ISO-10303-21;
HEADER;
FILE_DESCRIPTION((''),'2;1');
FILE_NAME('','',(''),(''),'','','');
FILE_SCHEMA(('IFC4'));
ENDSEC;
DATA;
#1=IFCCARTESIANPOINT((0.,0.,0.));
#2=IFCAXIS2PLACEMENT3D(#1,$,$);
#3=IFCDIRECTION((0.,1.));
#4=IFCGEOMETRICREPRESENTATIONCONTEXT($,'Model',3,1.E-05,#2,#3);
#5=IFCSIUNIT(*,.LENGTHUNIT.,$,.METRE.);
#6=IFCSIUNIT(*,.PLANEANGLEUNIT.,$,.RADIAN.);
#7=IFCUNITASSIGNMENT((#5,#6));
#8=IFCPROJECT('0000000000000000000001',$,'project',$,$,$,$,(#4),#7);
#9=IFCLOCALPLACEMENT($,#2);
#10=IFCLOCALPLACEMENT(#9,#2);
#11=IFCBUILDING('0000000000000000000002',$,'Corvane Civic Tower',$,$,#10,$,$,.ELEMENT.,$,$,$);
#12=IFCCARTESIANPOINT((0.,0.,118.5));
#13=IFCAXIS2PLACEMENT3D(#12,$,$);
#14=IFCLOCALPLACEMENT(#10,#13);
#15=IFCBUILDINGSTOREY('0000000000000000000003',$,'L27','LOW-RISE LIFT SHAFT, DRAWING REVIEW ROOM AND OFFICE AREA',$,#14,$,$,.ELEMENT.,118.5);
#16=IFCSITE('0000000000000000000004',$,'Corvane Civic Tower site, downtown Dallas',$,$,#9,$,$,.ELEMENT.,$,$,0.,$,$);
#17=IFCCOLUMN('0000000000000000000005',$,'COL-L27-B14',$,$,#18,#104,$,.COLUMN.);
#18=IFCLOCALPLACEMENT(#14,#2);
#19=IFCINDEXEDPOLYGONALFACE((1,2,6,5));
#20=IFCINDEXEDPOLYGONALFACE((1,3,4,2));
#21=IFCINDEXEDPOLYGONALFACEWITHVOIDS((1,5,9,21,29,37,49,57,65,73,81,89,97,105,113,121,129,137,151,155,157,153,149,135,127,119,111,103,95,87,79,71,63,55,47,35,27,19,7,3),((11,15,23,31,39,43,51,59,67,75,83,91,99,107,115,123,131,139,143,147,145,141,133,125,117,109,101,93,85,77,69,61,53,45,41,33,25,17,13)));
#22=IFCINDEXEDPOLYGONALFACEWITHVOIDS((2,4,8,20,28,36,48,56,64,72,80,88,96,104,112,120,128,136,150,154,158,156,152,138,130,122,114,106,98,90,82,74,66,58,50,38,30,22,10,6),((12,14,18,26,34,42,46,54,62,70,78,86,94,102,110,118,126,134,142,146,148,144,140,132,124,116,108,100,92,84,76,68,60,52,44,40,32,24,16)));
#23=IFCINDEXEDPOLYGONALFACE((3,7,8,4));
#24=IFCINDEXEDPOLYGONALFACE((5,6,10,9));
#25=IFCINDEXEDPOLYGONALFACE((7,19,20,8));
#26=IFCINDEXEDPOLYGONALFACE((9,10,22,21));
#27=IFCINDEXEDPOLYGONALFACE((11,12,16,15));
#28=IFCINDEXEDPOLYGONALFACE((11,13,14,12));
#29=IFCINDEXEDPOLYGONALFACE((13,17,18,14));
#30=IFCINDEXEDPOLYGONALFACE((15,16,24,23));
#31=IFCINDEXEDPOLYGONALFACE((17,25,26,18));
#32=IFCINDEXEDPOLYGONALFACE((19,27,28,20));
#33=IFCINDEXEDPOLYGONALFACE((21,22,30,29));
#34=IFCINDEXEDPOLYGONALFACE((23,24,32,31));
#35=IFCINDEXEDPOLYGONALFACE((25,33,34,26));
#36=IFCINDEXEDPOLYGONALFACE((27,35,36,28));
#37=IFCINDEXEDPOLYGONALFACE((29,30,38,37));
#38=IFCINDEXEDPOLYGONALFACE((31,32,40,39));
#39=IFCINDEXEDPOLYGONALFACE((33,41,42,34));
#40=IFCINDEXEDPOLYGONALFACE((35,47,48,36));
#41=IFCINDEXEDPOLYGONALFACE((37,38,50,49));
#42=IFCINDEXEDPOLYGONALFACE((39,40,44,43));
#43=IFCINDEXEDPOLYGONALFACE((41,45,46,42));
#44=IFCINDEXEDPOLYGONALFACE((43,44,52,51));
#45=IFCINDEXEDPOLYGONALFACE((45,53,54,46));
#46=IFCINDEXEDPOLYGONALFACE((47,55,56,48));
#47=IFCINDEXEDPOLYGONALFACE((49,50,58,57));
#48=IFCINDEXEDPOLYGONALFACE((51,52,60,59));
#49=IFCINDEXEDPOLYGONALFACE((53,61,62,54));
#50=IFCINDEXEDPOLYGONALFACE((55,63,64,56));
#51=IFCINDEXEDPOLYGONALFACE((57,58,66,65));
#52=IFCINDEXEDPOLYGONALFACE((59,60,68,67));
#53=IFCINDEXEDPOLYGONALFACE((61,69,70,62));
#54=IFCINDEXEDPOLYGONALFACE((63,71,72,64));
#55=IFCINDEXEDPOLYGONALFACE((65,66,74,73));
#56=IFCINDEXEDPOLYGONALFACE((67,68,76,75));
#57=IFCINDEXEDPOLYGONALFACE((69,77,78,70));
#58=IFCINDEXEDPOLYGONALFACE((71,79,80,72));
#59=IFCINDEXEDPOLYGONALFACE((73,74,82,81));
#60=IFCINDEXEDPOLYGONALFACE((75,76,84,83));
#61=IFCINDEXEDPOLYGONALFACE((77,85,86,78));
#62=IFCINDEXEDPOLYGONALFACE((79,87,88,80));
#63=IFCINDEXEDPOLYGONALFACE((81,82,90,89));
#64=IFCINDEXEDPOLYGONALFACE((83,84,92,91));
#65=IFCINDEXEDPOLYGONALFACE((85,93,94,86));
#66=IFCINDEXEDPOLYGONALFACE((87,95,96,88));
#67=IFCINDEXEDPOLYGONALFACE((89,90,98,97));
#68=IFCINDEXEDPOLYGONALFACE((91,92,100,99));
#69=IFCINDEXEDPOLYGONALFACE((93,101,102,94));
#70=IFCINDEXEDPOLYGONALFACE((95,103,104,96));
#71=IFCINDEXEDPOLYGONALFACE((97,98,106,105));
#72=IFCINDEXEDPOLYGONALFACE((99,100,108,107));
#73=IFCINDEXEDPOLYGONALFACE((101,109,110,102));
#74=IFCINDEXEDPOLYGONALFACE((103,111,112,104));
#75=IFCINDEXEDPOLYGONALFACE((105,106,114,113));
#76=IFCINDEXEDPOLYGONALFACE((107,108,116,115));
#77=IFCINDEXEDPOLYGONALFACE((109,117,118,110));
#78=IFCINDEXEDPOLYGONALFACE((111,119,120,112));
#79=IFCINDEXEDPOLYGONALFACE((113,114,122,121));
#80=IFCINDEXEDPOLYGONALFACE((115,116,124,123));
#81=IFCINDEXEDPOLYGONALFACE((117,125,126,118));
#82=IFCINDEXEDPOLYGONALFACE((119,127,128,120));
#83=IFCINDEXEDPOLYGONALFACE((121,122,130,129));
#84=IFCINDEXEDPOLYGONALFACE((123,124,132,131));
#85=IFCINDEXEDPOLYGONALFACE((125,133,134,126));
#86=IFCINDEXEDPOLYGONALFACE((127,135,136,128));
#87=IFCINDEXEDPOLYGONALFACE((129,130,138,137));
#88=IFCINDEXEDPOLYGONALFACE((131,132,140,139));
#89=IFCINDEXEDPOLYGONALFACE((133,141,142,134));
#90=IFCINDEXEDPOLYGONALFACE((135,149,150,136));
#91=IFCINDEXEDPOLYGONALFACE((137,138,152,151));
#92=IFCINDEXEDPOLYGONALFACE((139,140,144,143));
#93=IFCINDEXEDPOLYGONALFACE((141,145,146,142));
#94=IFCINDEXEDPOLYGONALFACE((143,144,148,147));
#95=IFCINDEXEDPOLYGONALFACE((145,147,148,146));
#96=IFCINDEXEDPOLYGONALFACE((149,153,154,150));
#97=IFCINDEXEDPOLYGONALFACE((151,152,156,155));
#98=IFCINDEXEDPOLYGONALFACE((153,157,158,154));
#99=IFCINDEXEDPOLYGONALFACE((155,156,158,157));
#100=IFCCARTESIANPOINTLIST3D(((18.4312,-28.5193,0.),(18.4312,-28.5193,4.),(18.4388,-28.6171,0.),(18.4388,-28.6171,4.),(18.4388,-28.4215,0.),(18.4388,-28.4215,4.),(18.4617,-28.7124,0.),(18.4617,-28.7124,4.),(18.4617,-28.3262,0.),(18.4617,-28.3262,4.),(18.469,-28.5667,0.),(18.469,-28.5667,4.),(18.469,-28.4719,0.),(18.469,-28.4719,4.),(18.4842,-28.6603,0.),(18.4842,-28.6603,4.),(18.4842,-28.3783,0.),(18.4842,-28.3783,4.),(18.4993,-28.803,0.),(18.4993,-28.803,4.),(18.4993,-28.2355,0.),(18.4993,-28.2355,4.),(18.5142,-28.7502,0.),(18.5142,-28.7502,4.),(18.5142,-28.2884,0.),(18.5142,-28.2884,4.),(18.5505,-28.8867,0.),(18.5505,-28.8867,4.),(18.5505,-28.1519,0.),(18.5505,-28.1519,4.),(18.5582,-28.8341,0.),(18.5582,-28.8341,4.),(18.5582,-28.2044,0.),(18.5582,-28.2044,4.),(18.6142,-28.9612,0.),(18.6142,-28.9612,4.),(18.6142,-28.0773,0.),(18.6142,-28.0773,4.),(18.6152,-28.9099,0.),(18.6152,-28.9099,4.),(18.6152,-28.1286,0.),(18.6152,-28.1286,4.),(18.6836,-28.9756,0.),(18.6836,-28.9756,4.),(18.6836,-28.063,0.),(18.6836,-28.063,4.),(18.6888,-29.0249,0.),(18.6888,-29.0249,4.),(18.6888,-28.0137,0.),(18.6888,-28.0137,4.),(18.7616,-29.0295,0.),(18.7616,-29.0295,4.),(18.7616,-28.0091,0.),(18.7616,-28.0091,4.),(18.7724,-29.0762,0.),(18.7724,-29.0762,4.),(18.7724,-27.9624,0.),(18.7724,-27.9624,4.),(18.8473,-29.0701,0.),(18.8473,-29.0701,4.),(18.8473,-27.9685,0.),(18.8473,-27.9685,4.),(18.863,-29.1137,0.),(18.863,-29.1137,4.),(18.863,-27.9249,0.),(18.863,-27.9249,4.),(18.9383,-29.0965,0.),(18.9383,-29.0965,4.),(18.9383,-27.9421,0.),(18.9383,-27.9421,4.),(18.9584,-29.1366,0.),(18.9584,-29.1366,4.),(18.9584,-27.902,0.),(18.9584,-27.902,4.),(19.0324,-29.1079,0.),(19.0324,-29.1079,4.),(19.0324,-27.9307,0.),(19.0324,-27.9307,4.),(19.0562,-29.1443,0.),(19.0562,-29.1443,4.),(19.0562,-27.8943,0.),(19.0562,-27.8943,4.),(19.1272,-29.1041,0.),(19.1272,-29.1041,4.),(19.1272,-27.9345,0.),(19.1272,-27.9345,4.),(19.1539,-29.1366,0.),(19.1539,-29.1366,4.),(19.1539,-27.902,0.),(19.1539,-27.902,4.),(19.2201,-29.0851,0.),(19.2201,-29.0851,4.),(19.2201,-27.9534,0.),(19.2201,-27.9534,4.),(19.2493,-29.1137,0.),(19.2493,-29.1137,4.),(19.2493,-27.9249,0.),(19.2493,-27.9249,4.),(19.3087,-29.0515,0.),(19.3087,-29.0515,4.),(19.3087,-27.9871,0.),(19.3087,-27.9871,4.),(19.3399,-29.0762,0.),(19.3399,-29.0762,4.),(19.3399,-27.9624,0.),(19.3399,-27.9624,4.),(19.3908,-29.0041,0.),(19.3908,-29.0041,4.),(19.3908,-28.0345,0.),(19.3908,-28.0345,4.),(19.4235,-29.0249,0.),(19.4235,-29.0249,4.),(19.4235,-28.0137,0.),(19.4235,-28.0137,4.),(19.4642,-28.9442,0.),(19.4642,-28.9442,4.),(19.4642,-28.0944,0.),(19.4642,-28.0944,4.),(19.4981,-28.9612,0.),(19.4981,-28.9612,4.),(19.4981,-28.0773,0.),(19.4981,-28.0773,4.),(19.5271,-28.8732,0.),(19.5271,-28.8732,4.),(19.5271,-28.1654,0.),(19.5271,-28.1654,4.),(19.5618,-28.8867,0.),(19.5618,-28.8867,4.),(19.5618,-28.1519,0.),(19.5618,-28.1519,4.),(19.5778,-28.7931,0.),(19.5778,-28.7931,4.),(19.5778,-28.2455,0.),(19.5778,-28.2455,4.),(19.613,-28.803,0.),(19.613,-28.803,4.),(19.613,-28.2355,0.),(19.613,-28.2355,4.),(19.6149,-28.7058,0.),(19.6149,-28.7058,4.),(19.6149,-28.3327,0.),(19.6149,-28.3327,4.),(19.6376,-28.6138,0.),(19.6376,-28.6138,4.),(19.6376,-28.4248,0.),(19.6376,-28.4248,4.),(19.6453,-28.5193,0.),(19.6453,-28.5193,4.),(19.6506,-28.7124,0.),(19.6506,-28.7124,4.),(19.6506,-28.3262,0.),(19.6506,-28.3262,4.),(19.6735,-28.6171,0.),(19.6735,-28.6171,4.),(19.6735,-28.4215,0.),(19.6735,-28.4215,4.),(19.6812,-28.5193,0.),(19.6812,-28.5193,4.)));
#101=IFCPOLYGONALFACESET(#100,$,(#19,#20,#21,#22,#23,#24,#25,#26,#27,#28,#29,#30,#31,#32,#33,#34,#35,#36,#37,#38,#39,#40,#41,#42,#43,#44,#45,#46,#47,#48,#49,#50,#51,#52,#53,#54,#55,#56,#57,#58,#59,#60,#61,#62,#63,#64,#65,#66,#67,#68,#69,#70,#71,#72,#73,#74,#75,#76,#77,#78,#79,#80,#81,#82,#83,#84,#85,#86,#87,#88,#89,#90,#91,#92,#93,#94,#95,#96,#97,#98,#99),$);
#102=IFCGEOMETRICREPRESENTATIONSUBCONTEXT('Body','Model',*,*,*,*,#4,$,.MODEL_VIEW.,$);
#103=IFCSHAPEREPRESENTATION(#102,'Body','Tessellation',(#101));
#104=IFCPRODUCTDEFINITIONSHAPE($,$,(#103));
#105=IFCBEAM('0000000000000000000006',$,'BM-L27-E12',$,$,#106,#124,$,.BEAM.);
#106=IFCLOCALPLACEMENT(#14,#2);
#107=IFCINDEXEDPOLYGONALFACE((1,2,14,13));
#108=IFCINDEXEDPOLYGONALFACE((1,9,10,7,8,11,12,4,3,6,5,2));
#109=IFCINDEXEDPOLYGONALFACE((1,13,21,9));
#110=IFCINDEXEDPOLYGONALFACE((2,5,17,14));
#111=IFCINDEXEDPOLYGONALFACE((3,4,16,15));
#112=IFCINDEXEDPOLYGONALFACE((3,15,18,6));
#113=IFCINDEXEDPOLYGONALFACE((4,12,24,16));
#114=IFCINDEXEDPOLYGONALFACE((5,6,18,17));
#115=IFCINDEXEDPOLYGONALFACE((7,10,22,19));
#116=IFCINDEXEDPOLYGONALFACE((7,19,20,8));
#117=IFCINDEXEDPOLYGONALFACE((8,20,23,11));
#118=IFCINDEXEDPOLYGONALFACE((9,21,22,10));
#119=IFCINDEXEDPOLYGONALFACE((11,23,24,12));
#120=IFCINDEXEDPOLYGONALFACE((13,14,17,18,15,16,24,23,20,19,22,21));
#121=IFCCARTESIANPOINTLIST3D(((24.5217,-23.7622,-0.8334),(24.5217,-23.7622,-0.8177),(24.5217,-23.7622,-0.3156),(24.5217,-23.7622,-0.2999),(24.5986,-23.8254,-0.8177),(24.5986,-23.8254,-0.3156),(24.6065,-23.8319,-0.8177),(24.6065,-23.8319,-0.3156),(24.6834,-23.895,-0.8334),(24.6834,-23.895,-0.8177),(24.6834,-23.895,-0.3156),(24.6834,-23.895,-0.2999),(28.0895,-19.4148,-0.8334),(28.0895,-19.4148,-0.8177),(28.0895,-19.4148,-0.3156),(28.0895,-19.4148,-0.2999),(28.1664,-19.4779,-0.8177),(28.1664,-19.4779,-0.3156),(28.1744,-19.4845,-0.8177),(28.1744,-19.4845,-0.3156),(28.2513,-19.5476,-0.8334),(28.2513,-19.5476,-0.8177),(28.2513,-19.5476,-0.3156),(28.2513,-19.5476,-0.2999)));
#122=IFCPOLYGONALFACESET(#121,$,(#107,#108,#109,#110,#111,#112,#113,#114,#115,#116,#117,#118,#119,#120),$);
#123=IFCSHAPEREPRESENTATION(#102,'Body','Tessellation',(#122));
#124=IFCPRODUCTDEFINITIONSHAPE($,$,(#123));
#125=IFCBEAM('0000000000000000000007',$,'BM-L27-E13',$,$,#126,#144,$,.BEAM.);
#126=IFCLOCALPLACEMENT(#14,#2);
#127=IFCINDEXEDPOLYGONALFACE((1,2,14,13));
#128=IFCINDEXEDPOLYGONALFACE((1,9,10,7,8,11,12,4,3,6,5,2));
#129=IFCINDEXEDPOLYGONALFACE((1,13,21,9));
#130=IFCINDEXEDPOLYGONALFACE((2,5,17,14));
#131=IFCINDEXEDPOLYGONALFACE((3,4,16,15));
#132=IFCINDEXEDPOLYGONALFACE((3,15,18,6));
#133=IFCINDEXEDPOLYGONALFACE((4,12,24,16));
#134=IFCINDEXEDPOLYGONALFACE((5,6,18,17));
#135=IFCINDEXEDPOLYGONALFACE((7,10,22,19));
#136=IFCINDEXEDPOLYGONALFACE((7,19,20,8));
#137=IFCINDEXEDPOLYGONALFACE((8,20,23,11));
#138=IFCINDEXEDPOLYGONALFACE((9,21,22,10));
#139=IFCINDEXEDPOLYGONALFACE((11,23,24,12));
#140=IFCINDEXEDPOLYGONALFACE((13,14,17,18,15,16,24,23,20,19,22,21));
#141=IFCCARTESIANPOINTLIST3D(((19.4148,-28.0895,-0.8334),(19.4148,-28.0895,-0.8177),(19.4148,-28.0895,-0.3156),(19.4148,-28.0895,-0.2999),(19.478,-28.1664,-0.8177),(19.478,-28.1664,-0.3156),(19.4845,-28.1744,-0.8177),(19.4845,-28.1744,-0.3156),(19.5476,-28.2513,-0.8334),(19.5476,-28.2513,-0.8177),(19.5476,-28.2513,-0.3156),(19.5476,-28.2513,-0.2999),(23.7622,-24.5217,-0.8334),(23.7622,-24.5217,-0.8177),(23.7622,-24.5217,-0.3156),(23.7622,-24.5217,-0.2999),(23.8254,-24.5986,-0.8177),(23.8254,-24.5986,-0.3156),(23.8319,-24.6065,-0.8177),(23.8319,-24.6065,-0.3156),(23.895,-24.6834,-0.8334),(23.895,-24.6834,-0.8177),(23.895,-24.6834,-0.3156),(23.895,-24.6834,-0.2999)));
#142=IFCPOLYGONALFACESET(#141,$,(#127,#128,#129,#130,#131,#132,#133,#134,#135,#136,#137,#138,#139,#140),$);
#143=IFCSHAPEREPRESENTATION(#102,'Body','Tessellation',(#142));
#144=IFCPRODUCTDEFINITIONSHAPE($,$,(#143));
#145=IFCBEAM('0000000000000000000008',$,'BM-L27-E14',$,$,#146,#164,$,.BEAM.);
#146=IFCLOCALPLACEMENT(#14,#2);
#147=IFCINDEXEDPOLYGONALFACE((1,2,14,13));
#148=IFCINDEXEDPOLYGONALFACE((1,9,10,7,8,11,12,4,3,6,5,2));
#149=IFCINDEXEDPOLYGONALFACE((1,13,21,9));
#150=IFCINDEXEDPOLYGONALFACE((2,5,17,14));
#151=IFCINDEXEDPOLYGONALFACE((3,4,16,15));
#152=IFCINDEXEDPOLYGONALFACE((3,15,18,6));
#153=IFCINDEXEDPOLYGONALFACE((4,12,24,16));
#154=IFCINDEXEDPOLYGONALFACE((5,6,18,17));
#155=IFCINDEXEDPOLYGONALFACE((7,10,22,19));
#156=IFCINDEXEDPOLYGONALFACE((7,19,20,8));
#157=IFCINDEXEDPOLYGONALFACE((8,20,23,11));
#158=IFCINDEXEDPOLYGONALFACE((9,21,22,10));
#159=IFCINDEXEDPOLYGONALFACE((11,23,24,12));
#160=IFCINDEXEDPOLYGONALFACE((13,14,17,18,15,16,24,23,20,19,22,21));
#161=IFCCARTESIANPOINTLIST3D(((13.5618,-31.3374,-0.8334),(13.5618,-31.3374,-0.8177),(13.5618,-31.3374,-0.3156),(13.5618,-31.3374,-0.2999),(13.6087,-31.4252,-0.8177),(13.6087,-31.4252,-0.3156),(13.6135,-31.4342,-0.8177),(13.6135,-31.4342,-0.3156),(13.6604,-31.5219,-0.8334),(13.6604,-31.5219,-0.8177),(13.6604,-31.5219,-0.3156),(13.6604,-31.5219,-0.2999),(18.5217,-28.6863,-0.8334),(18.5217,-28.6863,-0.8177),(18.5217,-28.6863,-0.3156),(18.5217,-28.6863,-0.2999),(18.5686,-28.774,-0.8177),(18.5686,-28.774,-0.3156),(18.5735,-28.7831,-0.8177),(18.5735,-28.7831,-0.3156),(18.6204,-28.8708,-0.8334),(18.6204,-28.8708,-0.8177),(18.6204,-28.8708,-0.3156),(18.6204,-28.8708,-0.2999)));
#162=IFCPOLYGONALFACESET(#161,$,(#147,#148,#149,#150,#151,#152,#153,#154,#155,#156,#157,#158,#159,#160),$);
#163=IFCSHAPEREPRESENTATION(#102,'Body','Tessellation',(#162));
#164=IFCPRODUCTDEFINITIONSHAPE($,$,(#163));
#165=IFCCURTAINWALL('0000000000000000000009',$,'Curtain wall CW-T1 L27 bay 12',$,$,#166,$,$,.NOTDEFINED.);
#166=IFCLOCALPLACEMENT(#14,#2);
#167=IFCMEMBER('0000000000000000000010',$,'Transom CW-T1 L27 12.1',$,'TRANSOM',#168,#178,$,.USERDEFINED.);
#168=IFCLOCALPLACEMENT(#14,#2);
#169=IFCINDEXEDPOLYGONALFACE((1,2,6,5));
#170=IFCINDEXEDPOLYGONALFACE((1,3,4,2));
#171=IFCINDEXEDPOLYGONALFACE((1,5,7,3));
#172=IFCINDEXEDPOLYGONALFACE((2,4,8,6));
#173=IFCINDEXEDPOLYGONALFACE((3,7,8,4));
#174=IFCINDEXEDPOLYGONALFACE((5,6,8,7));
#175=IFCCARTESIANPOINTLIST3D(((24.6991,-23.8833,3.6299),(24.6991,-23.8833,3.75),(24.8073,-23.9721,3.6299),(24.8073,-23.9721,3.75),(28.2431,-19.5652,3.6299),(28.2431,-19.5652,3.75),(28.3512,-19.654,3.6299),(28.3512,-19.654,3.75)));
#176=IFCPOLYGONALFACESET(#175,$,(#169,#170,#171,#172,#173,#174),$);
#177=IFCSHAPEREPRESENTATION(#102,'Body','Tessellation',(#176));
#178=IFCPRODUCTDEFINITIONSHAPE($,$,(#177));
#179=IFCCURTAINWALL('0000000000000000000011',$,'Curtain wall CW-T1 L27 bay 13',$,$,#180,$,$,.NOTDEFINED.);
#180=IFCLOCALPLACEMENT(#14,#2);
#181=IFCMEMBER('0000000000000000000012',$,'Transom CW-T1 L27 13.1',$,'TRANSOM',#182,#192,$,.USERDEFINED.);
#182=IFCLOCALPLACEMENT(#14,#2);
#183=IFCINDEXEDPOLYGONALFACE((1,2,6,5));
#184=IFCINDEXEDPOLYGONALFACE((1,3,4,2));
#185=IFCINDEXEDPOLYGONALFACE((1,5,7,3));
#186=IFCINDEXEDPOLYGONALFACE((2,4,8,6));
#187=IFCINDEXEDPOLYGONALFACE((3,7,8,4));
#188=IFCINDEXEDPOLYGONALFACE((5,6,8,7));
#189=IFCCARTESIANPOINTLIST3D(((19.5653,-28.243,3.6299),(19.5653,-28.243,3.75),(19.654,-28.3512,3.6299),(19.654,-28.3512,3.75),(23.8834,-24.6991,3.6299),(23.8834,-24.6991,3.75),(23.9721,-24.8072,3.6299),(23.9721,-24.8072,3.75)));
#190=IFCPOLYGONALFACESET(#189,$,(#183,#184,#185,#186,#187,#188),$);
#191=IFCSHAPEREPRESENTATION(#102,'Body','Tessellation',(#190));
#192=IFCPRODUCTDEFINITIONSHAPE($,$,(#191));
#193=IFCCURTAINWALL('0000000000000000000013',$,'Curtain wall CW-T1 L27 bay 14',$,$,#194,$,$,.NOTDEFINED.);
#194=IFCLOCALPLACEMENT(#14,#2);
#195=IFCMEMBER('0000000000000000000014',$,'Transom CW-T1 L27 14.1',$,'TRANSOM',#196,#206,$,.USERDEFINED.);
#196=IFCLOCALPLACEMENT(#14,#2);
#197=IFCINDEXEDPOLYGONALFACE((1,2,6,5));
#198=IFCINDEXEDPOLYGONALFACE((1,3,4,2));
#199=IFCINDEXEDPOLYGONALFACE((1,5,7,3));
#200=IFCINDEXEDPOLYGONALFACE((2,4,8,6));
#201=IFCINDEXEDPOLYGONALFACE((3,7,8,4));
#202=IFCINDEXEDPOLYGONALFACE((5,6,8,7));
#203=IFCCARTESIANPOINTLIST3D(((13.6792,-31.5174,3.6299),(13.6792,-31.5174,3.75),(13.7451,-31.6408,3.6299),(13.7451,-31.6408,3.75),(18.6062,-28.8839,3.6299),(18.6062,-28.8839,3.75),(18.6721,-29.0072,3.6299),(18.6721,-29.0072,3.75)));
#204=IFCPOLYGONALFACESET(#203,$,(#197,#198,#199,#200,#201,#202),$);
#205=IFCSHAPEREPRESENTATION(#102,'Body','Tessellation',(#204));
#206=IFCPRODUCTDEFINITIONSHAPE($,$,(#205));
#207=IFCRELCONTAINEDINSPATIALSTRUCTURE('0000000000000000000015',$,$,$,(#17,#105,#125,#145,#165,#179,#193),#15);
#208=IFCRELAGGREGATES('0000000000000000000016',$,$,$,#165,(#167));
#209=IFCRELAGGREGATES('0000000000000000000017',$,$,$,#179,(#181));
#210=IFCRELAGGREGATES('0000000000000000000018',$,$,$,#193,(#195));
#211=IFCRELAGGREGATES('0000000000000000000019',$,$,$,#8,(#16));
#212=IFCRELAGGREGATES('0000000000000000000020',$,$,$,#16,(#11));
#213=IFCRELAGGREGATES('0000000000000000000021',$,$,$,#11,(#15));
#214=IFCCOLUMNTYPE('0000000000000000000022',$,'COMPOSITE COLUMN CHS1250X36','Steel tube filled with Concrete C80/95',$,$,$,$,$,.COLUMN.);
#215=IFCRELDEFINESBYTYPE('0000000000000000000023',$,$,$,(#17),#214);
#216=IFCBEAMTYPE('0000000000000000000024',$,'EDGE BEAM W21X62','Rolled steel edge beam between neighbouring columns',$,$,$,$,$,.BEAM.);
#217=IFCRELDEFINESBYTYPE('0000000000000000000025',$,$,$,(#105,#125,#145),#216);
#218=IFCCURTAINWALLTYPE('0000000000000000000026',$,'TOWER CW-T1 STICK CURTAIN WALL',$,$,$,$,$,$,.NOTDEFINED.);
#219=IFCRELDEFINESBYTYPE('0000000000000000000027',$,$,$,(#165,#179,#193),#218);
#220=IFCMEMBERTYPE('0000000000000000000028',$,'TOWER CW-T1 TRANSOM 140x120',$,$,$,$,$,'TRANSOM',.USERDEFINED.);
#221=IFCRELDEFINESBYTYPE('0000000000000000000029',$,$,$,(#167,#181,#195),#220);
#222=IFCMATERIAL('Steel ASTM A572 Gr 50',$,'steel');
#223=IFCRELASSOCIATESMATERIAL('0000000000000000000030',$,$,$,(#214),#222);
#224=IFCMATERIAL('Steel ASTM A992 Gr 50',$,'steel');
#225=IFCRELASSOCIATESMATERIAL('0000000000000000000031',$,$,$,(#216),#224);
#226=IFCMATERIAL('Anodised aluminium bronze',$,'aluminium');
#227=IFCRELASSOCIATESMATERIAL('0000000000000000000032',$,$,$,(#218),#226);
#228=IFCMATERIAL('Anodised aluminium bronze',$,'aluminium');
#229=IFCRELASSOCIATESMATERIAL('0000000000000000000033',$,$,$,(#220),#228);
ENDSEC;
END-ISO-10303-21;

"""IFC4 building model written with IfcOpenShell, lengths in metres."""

from ifc_helpers import new_model, si_unit, direction, frame, origin, origin_2d, place, context, subcontext, project, spatial, rectangle, hollow_circle, i_section, extrude, material, material_profile, profile_set, type_object, element, aggregate, save


model = new_model("IFC4")

# Units and contexts
model_context = context("Model", 3, precision=1e-05, world=origin(), true_north=direction((0.0, 1.0)))
body_context = subcontext(model_context, "Body", "Model", "MODEL_VIEW")
ifc_project = project(units=[si_unit("LENGTHUNIT", "METRE"), si_unit("PLANEANGLEUNIT", "RADIAN")], contexts=[model_context])

# Site, building, storey
site_placement = place(None, origin())
site = spatial("IfcSite", under=ifc_project, at=site_placement, Name="Corvane Civic Tower site, downtown Dallas", CompositionType="ELEMENT", RefElevation=0.0)
building_placement = place(site_placement, origin())
building = spatial("IfcBuilding", under=site, at=building_placement, Name="Corvane Civic Tower", CompositionType="ELEMENT")
storey_placement = place(building_placement, frame((0.0, 0.0, 118.5)))
storey = spatial("IfcBuildingStorey", under=building, at=storey_placement, Name="L27", Description="LOW-RISE LIFT SHAFT, DRAWING REVIEW ROOM AND OFFICE AREA", CompositionType="ELEMENT", Elevation=118.5)

# Column
ifc_material_1 = material(Name="Steel ASTM A572 Gr 50", Category="steel")
ifc_material_profile_1 = material_profile(ifc_material_1, hollow_circle(Radius=0.625, WallThickness=0.0359, at=origin_2d()), Name="CHS1250X36")
ifc_profile_set_1 = profile_set([ifc_material_profile_1], Name="Steel ASTM A572 Gr 50")
column_type = type_object("IfcColumnType", Name="COMPOSITE COLUMN CHS1250X36", Description="Steel tube filled with Concrete C80/95", PredefinedType="COLUMN", material=ifc_profile_set_1)
for number, where, z_axis, x_axis, name in (
    (1, (19.0562, -28.5193, 0.0), (0.0, 0.0, 1.0), (1.0, 0.0, 0.0), "COL-L27-B14"),
):
    element("IfcColumn", number, at=place(storey_placement, frame(where, z_axis=z_axis, x_axis=x_axis)), inside=storey, type_object=column_type, Name=name, PredefinedType="COLUMN", context=body_context, shape_type="SweptSolid", body=[
        extrude(hollow_circle(Radius=0.625, WallThickness=0.0359, at=origin_2d()), origin(), (0.0, 0.0, 1.0), 4.0),
    ])

# Beams
ifc_material_2 = material(Name="Steel ASTM A992 Gr 50", Category="steel")
ifc_material_profile_2 = material_profile(ifc_material_2, i_section(OverallWidth=0.2092, OverallDepth=0.5334, WebThickness=0.0103, FlangeThickness=0.0156, at=origin_2d()), Name="W21X62")
ifc_profile_set_2 = profile_set([ifc_material_profile_2], Name="Steel ASTM A992 Gr 50")
beam_type = type_object("IfcBeamType", Name="EDGE BEAM W21X62", Description="Rolled steel edge beam between neighbouring columns", PredefinedType="BEAM", material=ifc_profile_set_2)
for number, where, z_axis, x_axis, name in (
    (2, (28.1704, -19.4812, -0.5667), (-0.634398, -0.773007, 0.0), (0.773007, -0.634398, 0.0), "BM-L27-E12"),
    (3, (23.8286, -24.6025, -0.5667), (-0.773007, -0.634398, 0.0), (0.634398, -0.773007, 0.0), "BM-L27-E13"),
    (4, (18.571, -28.7786, -0.5667), (-0.881924, -0.471392, 0.0), (0.471392, -0.881924, 0.0), "BM-L27-E14"),
):
    element("IfcBeam", number, at=place(storey_placement, frame(where, z_axis=z_axis, x_axis=x_axis)), inside=storey, type_object=beam_type, Name=name, PredefinedType="BEAM", context=body_context, shape_type="SweptSolid", body=[
        extrude(i_section(OverallWidth=0.2092, OverallDepth=0.5334, WebThickness=0.0103, FlangeThickness=0.0156, at=origin_2d()), origin(), (0.0, 0.0, 1.0), 5.624),
    ])

# Curtain walls, members
ifc_material_3 = material(Name="Anodised aluminium bronze", Category="aluminium")
curtain_wall_type = type_object("IfcCurtainWallType", Name="TOWER CW-T1 STICK CURTAIN WALL", PredefinedType="NOTDEFINED", material=ifc_material_3)
curtain_wall_1_placement = place(storey_placement, origin())
curtain_wall_1 = element("IfcCurtainWall", 5, at=curtain_wall_1_placement, inside=storey, type_object=curtain_wall_type, Name="Curtain wall CW-T1 L27 bay 12", PredefinedType="NOTDEFINED")
ifc_material_4 = material(Name="Anodised aluminium bronze", Category="aluminium")
ifc_material_profile_3 = material_profile(ifc_material_4, rectangle(XDim=0.1399, YDim=0.1201, at=origin_2d()), Name="TOWER CW-T1 TRANSOM 140x120")
ifc_profile_set_3 = profile_set([ifc_material_profile_3], Name="Anodised aluminium bronze")
member_type = type_object("IfcMemberType", Name="TOWER CW-T1 TRANSOM 140x120", ElementType="TRANSOM", PredefinedType="USERDEFINED", material=ifc_profile_set_3)
member_1_placement = place(storey_placement, frame((28.2971, -19.6096, 3.6899), z_axis=(-0.63441, -0.772996, 0.0), x_axis=(0.772996, -0.63441, 0.0)))
member_1 = element("IfcMember", 6, at=member_1_placement, type_object=member_type, Name="Transom CW-T1 L27 12.1", ObjectType="TRANSOM", PredefinedType="USERDEFINED", context=body_context, shape_type="SweptSolid", body=[
    extrude(rectangle(XDim=0.1399, YDim=0.1201, at=origin_2d()), origin(), (0.0, 0.0, 1.0), 5.5862),
])
curtain_wall_2_placement = place(storey_placement, origin())
curtain_wall_2 = element("IfcCurtainWall", 7, at=curtain_wall_2_placement, inside=storey, type_object=curtain_wall_type, Name="Curtain wall CW-T1 L27 bay 13", PredefinedType="NOTDEFINED")
member_2_placement = place(storey_placement, frame((23.9277, -24.7532, 3.6899), z_axis=(-0.772996, -0.63441, 0.0), x_axis=(0.63441, -0.772996, 0.0)))
member_2 = element("IfcMember", 8, at=member_2_placement, type_object=member_type, Name="Transom CW-T1 L27 13.1", ObjectType="TRANSOM", PredefinedType="USERDEFINED", context=body_context, shape_type="SweptSolid", body=[
    extrude(rectangle(XDim=0.1399, YDim=0.1201, at=origin_2d()), origin(), (0.0, 0.0, 1.0), 5.5862),
])
curtain_wall_3_placement = place(storey_placement, origin())
curtain_wall_3 = element("IfcCurtainWall", 9, at=curtain_wall_3_placement, inside=storey, type_object=curtain_wall_type, Name="Curtain wall CW-T1 L27 bay 14", PredefinedType="NOTDEFINED")
member_3_placement = place(storey_placement, frame((18.6392, -28.9456, 3.6899), z_axis=(-0.881921, -0.471398, 0.0), x_axis=(0.471398, -0.881921, 0.0)))
member_3 = element("IfcMember", 10, at=member_3_placement, type_object=member_type, Name="Transom CW-T1 L27 14.1", ObjectType="TRANSOM", PredefinedType="USERDEFINED", context=body_context, shape_type="SweptSolid", body=[
    extrude(rectangle(XDim=0.1399, YDim=0.1201, at=origin_2d()), origin(), (0.0, 0.0, 1.0), 5.5867),
])

aggregate(curtain_wall_1, [member_1])
aggregate(curtain_wall_2, [member_2])
aggregate(curtain_wall_3, [member_3])

save(model, "model.ifc")
